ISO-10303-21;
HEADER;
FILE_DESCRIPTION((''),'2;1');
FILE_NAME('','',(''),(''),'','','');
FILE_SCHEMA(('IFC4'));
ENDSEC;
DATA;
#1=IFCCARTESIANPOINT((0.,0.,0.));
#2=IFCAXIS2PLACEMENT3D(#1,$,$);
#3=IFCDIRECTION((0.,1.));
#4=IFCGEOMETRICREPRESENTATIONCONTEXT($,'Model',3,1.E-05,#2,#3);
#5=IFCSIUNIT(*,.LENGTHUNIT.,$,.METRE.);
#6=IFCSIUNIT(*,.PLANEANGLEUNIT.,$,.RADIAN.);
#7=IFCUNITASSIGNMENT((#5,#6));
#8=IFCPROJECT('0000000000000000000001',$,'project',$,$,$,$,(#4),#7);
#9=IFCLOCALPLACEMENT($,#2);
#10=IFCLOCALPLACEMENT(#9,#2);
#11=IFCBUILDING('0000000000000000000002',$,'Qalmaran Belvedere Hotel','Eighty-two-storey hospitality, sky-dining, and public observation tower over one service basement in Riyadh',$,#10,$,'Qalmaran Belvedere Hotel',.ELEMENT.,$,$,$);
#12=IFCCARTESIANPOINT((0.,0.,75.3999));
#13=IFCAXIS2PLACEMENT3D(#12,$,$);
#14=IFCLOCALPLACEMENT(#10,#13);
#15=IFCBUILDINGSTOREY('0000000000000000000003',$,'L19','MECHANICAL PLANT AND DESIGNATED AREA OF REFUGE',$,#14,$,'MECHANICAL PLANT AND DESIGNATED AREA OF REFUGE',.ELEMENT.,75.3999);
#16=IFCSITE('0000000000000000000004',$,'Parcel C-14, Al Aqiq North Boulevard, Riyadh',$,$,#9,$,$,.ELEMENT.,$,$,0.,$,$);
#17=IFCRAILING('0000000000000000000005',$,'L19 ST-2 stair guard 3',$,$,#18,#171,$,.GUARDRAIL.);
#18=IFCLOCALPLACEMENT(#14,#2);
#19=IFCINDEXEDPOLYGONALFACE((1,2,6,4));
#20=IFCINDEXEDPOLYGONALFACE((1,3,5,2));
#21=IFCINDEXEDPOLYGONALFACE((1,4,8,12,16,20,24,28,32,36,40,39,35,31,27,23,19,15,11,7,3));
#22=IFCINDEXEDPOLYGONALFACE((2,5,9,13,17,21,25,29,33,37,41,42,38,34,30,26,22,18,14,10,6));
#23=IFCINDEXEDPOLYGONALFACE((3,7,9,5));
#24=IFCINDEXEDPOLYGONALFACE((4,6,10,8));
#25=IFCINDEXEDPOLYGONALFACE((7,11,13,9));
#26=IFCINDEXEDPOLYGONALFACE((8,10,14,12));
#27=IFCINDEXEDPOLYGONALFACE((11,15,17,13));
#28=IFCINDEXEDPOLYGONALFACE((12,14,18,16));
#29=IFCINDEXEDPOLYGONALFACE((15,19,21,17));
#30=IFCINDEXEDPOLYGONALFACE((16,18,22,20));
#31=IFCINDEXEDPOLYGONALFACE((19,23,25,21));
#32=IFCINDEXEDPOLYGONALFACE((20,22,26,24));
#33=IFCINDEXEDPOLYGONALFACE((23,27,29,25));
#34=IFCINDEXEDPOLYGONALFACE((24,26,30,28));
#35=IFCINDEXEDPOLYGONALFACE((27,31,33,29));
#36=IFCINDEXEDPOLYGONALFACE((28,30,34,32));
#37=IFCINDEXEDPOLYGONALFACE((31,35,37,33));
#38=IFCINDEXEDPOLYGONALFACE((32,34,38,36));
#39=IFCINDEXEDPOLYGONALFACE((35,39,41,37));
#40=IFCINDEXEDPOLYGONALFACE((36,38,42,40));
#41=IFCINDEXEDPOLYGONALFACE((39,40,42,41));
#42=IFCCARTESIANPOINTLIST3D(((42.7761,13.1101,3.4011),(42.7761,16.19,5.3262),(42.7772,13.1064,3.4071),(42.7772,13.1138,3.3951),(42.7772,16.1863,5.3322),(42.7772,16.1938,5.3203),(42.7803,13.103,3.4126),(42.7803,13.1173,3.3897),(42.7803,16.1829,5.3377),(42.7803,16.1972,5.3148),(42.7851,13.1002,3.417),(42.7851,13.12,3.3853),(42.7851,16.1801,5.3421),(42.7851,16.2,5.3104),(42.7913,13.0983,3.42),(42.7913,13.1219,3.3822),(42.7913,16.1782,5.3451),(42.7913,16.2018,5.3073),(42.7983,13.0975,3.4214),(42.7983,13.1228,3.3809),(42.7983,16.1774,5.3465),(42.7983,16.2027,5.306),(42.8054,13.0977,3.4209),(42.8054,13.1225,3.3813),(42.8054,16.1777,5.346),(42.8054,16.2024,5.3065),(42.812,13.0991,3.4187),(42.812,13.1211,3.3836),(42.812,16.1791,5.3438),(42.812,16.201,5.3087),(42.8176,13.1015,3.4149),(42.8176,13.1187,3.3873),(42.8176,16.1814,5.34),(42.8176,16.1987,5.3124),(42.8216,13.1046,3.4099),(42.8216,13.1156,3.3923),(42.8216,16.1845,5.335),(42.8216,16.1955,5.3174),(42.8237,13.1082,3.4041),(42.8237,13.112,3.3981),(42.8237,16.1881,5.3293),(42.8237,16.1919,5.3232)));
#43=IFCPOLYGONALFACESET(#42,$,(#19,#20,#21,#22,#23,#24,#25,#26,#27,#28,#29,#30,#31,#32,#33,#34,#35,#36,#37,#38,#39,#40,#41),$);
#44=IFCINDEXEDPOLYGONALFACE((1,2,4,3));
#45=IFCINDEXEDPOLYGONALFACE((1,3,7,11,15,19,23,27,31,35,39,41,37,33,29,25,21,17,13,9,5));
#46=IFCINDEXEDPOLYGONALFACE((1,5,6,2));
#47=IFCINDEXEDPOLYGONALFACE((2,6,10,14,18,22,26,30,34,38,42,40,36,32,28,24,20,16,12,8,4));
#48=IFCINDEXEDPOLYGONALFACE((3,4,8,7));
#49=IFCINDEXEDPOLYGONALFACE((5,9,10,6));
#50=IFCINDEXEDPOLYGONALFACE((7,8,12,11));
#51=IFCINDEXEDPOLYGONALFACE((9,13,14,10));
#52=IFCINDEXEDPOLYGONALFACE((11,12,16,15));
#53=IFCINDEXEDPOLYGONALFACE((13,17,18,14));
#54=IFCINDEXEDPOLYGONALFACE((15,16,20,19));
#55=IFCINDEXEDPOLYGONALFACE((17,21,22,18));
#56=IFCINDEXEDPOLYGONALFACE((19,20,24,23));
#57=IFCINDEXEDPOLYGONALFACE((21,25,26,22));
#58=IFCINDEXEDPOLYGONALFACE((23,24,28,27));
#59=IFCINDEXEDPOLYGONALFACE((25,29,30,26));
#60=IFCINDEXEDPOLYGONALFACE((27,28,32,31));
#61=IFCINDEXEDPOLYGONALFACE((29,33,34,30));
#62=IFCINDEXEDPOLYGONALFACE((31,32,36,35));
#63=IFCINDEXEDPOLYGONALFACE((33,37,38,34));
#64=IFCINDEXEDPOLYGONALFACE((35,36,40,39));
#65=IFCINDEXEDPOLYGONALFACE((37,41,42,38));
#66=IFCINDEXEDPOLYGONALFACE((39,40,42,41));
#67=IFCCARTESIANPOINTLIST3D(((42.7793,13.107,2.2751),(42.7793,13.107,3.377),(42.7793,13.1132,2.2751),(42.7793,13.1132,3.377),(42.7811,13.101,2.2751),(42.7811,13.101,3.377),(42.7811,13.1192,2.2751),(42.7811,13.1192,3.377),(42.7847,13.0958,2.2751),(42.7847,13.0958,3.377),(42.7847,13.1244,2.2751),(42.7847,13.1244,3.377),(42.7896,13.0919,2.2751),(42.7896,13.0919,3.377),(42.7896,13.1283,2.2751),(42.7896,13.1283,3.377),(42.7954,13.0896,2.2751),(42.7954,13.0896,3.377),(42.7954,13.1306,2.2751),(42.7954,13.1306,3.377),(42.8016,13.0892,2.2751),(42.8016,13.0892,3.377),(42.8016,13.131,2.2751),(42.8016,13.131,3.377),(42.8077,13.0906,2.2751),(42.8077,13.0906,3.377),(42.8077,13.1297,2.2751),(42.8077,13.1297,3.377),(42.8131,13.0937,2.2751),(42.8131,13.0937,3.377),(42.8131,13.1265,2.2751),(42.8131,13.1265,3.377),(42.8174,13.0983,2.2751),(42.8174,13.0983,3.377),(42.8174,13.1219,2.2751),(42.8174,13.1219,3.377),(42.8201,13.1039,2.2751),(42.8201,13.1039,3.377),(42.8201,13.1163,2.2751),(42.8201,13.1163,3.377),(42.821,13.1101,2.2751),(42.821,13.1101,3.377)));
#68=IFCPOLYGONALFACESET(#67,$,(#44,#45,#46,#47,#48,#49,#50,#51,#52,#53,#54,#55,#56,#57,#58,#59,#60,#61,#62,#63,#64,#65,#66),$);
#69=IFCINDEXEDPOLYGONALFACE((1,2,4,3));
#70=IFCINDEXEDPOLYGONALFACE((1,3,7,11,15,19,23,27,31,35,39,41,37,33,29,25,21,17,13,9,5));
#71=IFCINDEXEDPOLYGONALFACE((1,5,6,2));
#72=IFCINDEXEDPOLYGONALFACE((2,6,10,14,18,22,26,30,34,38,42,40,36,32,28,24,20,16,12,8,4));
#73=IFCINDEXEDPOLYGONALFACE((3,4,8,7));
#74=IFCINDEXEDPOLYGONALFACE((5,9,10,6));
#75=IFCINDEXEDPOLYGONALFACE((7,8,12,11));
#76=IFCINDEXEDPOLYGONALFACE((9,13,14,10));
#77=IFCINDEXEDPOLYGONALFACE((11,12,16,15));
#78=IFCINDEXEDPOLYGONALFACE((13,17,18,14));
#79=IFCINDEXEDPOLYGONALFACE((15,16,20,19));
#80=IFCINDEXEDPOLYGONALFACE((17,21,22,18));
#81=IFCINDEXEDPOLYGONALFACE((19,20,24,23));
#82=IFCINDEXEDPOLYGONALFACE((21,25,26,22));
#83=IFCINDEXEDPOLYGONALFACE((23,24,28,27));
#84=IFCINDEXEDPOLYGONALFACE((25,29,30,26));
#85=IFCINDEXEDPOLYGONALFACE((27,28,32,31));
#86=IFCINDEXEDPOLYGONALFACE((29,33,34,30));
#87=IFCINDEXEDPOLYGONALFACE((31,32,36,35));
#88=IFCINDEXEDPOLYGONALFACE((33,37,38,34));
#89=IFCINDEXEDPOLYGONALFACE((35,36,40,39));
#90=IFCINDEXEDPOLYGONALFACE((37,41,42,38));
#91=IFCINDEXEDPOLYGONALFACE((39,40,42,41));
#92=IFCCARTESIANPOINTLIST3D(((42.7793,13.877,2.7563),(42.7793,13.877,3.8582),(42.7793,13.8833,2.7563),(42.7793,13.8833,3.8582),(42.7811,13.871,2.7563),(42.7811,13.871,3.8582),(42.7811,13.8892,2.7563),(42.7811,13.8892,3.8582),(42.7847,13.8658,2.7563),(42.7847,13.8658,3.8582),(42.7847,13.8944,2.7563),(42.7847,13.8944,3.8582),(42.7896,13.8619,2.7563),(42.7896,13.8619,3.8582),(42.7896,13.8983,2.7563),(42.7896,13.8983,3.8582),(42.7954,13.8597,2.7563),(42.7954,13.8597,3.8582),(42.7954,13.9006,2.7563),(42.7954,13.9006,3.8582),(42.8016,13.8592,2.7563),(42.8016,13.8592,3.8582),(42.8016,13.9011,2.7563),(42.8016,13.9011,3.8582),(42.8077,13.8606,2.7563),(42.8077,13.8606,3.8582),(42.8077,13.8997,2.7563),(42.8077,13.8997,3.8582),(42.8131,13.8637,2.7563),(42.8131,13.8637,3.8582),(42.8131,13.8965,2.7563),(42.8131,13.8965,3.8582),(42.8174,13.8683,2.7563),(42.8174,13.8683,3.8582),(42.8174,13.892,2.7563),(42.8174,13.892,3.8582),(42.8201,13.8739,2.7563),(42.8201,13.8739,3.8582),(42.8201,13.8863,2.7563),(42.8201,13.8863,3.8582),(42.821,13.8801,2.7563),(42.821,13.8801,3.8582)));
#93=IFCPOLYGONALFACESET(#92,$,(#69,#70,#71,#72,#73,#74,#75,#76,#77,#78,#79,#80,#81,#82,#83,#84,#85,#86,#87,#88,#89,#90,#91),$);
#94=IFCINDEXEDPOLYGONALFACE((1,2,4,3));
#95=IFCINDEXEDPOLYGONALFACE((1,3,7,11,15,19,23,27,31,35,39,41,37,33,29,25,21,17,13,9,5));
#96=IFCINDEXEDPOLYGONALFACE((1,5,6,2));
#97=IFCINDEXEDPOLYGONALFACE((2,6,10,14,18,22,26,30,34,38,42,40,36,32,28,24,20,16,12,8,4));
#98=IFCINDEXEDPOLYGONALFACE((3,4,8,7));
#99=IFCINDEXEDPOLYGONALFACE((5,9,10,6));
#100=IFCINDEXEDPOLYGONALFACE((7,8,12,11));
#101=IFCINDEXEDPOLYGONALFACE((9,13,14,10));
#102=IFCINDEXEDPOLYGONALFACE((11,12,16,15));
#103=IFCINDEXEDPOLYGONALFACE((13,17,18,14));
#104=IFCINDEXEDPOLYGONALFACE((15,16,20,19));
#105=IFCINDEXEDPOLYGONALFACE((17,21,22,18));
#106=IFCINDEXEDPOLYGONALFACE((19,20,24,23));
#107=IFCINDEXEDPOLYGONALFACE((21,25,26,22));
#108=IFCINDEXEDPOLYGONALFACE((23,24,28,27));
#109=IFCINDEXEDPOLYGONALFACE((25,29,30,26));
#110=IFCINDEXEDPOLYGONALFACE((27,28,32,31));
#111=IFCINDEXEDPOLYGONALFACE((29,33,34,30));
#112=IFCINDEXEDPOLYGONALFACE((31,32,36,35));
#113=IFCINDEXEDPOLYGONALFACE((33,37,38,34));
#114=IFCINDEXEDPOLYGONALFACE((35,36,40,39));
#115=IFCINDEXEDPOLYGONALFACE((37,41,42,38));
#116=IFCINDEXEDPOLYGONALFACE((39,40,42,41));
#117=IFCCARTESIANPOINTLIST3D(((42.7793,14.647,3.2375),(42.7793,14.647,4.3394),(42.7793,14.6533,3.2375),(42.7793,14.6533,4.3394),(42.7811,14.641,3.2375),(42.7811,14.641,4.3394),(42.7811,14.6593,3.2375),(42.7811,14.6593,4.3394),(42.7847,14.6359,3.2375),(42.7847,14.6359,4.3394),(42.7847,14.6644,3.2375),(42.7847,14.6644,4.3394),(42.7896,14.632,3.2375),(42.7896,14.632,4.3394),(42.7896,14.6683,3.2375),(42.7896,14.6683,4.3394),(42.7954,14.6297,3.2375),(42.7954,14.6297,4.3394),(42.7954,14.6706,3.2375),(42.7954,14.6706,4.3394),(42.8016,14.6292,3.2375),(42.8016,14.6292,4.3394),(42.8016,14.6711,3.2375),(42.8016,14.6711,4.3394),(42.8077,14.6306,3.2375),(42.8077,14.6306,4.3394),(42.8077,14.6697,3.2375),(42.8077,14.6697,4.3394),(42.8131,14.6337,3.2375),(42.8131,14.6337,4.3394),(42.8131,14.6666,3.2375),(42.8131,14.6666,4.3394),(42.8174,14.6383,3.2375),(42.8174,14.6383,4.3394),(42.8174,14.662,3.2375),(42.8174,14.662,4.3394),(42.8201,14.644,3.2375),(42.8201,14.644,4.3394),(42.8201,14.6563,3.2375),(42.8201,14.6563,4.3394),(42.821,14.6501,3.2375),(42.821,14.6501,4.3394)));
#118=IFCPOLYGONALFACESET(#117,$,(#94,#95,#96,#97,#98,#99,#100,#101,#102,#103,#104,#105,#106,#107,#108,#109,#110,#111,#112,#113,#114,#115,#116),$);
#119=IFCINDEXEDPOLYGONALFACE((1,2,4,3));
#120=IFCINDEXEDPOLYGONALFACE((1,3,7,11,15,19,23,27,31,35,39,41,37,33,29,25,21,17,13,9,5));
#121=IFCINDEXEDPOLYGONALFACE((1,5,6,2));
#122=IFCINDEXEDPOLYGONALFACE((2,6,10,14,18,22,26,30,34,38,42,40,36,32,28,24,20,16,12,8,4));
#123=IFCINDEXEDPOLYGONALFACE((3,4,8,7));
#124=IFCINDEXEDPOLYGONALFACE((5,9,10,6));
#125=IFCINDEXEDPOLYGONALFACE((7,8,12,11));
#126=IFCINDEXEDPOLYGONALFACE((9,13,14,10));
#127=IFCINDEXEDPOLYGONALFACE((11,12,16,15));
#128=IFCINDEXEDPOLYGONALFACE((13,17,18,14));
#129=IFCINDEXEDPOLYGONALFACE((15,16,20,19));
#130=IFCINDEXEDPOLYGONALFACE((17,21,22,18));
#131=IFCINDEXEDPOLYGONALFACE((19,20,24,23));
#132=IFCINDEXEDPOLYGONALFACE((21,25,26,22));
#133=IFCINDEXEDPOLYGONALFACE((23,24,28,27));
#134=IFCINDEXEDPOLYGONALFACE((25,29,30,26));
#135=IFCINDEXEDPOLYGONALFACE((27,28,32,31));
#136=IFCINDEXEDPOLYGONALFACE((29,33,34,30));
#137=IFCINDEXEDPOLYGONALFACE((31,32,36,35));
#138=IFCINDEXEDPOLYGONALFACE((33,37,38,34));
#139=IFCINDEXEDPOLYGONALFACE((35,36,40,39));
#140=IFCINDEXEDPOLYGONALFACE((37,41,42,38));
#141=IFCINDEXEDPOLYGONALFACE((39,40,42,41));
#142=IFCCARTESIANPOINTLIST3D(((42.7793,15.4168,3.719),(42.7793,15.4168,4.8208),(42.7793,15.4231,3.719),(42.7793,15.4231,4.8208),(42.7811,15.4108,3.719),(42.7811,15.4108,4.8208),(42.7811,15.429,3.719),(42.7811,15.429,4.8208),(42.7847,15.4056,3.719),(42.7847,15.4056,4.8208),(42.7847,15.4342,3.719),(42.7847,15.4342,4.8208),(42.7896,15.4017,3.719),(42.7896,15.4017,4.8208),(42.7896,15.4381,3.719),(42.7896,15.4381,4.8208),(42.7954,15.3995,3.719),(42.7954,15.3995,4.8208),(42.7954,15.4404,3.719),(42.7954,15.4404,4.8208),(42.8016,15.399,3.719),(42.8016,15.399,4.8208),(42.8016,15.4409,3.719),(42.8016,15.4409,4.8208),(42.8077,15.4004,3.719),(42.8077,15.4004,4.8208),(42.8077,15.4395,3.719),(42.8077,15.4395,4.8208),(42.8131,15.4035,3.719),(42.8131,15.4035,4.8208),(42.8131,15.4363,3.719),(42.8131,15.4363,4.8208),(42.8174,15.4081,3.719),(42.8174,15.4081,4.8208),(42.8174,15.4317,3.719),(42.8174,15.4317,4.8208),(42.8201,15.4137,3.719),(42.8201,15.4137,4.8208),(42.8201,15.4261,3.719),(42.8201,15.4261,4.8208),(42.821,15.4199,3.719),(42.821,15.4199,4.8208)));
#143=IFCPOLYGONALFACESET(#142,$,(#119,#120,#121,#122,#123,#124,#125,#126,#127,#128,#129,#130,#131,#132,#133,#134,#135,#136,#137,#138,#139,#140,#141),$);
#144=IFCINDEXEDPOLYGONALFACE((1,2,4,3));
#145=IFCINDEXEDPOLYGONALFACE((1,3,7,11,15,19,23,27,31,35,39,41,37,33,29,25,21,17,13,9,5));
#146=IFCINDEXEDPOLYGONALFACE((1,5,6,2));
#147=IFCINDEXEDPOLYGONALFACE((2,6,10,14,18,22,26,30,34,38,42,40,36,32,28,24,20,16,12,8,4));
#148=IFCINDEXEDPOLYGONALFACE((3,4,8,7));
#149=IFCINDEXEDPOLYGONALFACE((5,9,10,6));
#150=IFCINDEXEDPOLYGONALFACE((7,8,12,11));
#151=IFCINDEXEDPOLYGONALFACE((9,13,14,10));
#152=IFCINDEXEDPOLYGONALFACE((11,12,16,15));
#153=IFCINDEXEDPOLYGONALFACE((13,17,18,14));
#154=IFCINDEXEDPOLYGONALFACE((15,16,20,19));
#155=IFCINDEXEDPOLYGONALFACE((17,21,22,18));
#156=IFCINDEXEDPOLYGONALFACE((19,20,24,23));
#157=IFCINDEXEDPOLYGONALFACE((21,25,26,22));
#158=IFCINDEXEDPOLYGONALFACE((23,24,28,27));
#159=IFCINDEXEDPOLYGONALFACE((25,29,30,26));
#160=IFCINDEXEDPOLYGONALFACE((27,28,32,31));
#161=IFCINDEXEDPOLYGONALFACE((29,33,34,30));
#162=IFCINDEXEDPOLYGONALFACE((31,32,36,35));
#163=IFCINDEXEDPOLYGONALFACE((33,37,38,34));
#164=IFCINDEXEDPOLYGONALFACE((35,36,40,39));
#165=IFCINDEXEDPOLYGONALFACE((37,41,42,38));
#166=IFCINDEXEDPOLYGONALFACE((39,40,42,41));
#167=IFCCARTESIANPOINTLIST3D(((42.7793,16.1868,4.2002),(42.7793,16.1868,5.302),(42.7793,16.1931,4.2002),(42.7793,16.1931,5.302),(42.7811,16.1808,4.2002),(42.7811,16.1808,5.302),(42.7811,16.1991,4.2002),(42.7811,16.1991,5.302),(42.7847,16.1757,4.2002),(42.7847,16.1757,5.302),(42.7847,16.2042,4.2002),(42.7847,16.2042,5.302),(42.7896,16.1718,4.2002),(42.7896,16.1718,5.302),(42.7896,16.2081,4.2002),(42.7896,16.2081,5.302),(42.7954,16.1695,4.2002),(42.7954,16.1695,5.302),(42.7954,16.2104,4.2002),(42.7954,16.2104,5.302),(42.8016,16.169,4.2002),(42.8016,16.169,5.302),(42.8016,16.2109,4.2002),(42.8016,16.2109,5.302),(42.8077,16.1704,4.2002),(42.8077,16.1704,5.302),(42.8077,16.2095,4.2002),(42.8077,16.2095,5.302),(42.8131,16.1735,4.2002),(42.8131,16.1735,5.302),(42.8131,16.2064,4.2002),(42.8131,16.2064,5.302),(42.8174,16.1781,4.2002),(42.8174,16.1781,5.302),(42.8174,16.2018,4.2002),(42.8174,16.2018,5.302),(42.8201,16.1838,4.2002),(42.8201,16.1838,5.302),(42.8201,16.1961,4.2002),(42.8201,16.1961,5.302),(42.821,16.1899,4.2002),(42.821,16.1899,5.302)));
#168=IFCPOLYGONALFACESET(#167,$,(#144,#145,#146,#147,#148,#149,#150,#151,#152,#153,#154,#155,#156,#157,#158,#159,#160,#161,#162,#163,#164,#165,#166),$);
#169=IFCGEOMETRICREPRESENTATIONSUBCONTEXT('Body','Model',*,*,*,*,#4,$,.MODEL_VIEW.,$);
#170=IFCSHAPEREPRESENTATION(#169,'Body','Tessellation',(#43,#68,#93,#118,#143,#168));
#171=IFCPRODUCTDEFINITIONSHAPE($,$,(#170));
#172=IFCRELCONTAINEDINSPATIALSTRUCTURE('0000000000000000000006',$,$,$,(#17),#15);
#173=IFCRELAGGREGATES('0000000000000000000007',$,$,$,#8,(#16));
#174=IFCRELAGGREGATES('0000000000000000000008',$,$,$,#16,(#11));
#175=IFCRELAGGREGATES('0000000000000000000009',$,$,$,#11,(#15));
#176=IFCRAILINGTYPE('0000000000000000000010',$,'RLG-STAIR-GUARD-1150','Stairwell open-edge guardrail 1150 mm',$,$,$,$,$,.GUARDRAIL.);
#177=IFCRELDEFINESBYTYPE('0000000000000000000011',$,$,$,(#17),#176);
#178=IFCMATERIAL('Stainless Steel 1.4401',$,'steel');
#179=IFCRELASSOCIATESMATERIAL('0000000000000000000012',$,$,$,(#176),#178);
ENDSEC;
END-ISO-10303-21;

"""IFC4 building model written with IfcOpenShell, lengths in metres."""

from ifc_helpers import new_model, si_unit, direction, frame, origin, origin_2d, place, context, subcontext, project, spatial, circle, extrude, material, type_object, element, save


model = new_model("IFC4")

# Units and contexts
model_context = context("Model", 3, precision=1e-05, world=origin(), true_north=direction((0.0, 1.0)))
body_context = subcontext(model_context, "Body", "Model", "MODEL_VIEW")
ifc_project = project(units=[si_unit("LENGTHUNIT", "METRE"), si_unit("PLANEANGLEUNIT", "RADIAN")], contexts=[model_context])

# Site, building, storey
site_placement = place(None, origin())
site = spatial("IfcSite", under=ifc_project, at=site_placement, Name="Parcel C-14, Al Aqiq North Boulevard, Riyadh", CompositionType="ELEMENT", RefElevation=0.0)
building_placement = place(site_placement, origin())
building = spatial("IfcBuilding", under=site, at=building_placement, Name="Qalmaran Belvedere Hotel", Description="Eighty-two-storey hospitality, sky-dining, and public observation tower over one service basement in Riyadh", LongName="Qalmaran Belvedere Hotel", CompositionType="ELEMENT")
storey_placement = place(building_placement, frame((0.0, 0.0, 75.3999)))
storey = spatial("IfcBuildingStorey", under=building, at=storey_placement, Name="L19", Description="MECHANICAL PLANT AND DESIGNATED AREA OF REFUGE", LongName="MECHANICAL PLANT AND DESIGNATED AREA OF REFUGE", CompositionType="ELEMENT", Elevation=75.3999)

# Railing
ifc_material_1 = material(Name="Stainless Steel 1.4401", Category="steel")
railing_type_1 = type_object("IfcRailingType", Name="RLG-STAIR-GUARD-1150", Description="Stairwell open-edge guardrail 1150 mm", PredefinedType="GUARDRAIL", material=ifc_material_1)
railing_1_placement = place(storey_placement, frame((42.8, 13.1101, 2.2751)))
element("IfcRailing", 1, at=railing_1_placement, inside=storey, type_object=railing_type_1, Name="L19 ST-2 stair guard 3", PredefinedType="GUARDRAIL", context=body_context, shape_type="SweptSolid", body=[
    extrude(circle(Radius=0.0239, at=origin_2d()), frame((0.0, 0.0, 1.126), z_axis=(0.0, 0.847979, 0.530029), x_axis=(-1.0, 0.0, 0.0)), (0.0, 0.0, 1.0), 3.6321),
    extrude(circle(Radius=0.021, at=origin_2d()), origin(), (0.0, 0.0, 1.0), 1.1018),
    extrude(circle(Radius=0.021, at=origin_2d()), frame((0.0, 0.77, 0.4812)), (0.0, 0.0, 1.0), 1.1018),
    extrude(circle(Radius=0.021, at=origin_2d()), frame((0.0, 1.54, 0.9624)), (0.0, 0.0, 1.0), 1.1018),
    extrude(circle(Radius=0.021, at=origin_2d()), frame((0.0, 2.3098, 1.4438)), (0.0, 0.0, 1.0), 1.1018),
    extrude(circle(Radius=0.021, at=origin_2d()), frame((0.0, 3.0798, 1.925)), (0.0, 0.0, 1.0), 1.1018),
])

save(model, "model.ifc")
